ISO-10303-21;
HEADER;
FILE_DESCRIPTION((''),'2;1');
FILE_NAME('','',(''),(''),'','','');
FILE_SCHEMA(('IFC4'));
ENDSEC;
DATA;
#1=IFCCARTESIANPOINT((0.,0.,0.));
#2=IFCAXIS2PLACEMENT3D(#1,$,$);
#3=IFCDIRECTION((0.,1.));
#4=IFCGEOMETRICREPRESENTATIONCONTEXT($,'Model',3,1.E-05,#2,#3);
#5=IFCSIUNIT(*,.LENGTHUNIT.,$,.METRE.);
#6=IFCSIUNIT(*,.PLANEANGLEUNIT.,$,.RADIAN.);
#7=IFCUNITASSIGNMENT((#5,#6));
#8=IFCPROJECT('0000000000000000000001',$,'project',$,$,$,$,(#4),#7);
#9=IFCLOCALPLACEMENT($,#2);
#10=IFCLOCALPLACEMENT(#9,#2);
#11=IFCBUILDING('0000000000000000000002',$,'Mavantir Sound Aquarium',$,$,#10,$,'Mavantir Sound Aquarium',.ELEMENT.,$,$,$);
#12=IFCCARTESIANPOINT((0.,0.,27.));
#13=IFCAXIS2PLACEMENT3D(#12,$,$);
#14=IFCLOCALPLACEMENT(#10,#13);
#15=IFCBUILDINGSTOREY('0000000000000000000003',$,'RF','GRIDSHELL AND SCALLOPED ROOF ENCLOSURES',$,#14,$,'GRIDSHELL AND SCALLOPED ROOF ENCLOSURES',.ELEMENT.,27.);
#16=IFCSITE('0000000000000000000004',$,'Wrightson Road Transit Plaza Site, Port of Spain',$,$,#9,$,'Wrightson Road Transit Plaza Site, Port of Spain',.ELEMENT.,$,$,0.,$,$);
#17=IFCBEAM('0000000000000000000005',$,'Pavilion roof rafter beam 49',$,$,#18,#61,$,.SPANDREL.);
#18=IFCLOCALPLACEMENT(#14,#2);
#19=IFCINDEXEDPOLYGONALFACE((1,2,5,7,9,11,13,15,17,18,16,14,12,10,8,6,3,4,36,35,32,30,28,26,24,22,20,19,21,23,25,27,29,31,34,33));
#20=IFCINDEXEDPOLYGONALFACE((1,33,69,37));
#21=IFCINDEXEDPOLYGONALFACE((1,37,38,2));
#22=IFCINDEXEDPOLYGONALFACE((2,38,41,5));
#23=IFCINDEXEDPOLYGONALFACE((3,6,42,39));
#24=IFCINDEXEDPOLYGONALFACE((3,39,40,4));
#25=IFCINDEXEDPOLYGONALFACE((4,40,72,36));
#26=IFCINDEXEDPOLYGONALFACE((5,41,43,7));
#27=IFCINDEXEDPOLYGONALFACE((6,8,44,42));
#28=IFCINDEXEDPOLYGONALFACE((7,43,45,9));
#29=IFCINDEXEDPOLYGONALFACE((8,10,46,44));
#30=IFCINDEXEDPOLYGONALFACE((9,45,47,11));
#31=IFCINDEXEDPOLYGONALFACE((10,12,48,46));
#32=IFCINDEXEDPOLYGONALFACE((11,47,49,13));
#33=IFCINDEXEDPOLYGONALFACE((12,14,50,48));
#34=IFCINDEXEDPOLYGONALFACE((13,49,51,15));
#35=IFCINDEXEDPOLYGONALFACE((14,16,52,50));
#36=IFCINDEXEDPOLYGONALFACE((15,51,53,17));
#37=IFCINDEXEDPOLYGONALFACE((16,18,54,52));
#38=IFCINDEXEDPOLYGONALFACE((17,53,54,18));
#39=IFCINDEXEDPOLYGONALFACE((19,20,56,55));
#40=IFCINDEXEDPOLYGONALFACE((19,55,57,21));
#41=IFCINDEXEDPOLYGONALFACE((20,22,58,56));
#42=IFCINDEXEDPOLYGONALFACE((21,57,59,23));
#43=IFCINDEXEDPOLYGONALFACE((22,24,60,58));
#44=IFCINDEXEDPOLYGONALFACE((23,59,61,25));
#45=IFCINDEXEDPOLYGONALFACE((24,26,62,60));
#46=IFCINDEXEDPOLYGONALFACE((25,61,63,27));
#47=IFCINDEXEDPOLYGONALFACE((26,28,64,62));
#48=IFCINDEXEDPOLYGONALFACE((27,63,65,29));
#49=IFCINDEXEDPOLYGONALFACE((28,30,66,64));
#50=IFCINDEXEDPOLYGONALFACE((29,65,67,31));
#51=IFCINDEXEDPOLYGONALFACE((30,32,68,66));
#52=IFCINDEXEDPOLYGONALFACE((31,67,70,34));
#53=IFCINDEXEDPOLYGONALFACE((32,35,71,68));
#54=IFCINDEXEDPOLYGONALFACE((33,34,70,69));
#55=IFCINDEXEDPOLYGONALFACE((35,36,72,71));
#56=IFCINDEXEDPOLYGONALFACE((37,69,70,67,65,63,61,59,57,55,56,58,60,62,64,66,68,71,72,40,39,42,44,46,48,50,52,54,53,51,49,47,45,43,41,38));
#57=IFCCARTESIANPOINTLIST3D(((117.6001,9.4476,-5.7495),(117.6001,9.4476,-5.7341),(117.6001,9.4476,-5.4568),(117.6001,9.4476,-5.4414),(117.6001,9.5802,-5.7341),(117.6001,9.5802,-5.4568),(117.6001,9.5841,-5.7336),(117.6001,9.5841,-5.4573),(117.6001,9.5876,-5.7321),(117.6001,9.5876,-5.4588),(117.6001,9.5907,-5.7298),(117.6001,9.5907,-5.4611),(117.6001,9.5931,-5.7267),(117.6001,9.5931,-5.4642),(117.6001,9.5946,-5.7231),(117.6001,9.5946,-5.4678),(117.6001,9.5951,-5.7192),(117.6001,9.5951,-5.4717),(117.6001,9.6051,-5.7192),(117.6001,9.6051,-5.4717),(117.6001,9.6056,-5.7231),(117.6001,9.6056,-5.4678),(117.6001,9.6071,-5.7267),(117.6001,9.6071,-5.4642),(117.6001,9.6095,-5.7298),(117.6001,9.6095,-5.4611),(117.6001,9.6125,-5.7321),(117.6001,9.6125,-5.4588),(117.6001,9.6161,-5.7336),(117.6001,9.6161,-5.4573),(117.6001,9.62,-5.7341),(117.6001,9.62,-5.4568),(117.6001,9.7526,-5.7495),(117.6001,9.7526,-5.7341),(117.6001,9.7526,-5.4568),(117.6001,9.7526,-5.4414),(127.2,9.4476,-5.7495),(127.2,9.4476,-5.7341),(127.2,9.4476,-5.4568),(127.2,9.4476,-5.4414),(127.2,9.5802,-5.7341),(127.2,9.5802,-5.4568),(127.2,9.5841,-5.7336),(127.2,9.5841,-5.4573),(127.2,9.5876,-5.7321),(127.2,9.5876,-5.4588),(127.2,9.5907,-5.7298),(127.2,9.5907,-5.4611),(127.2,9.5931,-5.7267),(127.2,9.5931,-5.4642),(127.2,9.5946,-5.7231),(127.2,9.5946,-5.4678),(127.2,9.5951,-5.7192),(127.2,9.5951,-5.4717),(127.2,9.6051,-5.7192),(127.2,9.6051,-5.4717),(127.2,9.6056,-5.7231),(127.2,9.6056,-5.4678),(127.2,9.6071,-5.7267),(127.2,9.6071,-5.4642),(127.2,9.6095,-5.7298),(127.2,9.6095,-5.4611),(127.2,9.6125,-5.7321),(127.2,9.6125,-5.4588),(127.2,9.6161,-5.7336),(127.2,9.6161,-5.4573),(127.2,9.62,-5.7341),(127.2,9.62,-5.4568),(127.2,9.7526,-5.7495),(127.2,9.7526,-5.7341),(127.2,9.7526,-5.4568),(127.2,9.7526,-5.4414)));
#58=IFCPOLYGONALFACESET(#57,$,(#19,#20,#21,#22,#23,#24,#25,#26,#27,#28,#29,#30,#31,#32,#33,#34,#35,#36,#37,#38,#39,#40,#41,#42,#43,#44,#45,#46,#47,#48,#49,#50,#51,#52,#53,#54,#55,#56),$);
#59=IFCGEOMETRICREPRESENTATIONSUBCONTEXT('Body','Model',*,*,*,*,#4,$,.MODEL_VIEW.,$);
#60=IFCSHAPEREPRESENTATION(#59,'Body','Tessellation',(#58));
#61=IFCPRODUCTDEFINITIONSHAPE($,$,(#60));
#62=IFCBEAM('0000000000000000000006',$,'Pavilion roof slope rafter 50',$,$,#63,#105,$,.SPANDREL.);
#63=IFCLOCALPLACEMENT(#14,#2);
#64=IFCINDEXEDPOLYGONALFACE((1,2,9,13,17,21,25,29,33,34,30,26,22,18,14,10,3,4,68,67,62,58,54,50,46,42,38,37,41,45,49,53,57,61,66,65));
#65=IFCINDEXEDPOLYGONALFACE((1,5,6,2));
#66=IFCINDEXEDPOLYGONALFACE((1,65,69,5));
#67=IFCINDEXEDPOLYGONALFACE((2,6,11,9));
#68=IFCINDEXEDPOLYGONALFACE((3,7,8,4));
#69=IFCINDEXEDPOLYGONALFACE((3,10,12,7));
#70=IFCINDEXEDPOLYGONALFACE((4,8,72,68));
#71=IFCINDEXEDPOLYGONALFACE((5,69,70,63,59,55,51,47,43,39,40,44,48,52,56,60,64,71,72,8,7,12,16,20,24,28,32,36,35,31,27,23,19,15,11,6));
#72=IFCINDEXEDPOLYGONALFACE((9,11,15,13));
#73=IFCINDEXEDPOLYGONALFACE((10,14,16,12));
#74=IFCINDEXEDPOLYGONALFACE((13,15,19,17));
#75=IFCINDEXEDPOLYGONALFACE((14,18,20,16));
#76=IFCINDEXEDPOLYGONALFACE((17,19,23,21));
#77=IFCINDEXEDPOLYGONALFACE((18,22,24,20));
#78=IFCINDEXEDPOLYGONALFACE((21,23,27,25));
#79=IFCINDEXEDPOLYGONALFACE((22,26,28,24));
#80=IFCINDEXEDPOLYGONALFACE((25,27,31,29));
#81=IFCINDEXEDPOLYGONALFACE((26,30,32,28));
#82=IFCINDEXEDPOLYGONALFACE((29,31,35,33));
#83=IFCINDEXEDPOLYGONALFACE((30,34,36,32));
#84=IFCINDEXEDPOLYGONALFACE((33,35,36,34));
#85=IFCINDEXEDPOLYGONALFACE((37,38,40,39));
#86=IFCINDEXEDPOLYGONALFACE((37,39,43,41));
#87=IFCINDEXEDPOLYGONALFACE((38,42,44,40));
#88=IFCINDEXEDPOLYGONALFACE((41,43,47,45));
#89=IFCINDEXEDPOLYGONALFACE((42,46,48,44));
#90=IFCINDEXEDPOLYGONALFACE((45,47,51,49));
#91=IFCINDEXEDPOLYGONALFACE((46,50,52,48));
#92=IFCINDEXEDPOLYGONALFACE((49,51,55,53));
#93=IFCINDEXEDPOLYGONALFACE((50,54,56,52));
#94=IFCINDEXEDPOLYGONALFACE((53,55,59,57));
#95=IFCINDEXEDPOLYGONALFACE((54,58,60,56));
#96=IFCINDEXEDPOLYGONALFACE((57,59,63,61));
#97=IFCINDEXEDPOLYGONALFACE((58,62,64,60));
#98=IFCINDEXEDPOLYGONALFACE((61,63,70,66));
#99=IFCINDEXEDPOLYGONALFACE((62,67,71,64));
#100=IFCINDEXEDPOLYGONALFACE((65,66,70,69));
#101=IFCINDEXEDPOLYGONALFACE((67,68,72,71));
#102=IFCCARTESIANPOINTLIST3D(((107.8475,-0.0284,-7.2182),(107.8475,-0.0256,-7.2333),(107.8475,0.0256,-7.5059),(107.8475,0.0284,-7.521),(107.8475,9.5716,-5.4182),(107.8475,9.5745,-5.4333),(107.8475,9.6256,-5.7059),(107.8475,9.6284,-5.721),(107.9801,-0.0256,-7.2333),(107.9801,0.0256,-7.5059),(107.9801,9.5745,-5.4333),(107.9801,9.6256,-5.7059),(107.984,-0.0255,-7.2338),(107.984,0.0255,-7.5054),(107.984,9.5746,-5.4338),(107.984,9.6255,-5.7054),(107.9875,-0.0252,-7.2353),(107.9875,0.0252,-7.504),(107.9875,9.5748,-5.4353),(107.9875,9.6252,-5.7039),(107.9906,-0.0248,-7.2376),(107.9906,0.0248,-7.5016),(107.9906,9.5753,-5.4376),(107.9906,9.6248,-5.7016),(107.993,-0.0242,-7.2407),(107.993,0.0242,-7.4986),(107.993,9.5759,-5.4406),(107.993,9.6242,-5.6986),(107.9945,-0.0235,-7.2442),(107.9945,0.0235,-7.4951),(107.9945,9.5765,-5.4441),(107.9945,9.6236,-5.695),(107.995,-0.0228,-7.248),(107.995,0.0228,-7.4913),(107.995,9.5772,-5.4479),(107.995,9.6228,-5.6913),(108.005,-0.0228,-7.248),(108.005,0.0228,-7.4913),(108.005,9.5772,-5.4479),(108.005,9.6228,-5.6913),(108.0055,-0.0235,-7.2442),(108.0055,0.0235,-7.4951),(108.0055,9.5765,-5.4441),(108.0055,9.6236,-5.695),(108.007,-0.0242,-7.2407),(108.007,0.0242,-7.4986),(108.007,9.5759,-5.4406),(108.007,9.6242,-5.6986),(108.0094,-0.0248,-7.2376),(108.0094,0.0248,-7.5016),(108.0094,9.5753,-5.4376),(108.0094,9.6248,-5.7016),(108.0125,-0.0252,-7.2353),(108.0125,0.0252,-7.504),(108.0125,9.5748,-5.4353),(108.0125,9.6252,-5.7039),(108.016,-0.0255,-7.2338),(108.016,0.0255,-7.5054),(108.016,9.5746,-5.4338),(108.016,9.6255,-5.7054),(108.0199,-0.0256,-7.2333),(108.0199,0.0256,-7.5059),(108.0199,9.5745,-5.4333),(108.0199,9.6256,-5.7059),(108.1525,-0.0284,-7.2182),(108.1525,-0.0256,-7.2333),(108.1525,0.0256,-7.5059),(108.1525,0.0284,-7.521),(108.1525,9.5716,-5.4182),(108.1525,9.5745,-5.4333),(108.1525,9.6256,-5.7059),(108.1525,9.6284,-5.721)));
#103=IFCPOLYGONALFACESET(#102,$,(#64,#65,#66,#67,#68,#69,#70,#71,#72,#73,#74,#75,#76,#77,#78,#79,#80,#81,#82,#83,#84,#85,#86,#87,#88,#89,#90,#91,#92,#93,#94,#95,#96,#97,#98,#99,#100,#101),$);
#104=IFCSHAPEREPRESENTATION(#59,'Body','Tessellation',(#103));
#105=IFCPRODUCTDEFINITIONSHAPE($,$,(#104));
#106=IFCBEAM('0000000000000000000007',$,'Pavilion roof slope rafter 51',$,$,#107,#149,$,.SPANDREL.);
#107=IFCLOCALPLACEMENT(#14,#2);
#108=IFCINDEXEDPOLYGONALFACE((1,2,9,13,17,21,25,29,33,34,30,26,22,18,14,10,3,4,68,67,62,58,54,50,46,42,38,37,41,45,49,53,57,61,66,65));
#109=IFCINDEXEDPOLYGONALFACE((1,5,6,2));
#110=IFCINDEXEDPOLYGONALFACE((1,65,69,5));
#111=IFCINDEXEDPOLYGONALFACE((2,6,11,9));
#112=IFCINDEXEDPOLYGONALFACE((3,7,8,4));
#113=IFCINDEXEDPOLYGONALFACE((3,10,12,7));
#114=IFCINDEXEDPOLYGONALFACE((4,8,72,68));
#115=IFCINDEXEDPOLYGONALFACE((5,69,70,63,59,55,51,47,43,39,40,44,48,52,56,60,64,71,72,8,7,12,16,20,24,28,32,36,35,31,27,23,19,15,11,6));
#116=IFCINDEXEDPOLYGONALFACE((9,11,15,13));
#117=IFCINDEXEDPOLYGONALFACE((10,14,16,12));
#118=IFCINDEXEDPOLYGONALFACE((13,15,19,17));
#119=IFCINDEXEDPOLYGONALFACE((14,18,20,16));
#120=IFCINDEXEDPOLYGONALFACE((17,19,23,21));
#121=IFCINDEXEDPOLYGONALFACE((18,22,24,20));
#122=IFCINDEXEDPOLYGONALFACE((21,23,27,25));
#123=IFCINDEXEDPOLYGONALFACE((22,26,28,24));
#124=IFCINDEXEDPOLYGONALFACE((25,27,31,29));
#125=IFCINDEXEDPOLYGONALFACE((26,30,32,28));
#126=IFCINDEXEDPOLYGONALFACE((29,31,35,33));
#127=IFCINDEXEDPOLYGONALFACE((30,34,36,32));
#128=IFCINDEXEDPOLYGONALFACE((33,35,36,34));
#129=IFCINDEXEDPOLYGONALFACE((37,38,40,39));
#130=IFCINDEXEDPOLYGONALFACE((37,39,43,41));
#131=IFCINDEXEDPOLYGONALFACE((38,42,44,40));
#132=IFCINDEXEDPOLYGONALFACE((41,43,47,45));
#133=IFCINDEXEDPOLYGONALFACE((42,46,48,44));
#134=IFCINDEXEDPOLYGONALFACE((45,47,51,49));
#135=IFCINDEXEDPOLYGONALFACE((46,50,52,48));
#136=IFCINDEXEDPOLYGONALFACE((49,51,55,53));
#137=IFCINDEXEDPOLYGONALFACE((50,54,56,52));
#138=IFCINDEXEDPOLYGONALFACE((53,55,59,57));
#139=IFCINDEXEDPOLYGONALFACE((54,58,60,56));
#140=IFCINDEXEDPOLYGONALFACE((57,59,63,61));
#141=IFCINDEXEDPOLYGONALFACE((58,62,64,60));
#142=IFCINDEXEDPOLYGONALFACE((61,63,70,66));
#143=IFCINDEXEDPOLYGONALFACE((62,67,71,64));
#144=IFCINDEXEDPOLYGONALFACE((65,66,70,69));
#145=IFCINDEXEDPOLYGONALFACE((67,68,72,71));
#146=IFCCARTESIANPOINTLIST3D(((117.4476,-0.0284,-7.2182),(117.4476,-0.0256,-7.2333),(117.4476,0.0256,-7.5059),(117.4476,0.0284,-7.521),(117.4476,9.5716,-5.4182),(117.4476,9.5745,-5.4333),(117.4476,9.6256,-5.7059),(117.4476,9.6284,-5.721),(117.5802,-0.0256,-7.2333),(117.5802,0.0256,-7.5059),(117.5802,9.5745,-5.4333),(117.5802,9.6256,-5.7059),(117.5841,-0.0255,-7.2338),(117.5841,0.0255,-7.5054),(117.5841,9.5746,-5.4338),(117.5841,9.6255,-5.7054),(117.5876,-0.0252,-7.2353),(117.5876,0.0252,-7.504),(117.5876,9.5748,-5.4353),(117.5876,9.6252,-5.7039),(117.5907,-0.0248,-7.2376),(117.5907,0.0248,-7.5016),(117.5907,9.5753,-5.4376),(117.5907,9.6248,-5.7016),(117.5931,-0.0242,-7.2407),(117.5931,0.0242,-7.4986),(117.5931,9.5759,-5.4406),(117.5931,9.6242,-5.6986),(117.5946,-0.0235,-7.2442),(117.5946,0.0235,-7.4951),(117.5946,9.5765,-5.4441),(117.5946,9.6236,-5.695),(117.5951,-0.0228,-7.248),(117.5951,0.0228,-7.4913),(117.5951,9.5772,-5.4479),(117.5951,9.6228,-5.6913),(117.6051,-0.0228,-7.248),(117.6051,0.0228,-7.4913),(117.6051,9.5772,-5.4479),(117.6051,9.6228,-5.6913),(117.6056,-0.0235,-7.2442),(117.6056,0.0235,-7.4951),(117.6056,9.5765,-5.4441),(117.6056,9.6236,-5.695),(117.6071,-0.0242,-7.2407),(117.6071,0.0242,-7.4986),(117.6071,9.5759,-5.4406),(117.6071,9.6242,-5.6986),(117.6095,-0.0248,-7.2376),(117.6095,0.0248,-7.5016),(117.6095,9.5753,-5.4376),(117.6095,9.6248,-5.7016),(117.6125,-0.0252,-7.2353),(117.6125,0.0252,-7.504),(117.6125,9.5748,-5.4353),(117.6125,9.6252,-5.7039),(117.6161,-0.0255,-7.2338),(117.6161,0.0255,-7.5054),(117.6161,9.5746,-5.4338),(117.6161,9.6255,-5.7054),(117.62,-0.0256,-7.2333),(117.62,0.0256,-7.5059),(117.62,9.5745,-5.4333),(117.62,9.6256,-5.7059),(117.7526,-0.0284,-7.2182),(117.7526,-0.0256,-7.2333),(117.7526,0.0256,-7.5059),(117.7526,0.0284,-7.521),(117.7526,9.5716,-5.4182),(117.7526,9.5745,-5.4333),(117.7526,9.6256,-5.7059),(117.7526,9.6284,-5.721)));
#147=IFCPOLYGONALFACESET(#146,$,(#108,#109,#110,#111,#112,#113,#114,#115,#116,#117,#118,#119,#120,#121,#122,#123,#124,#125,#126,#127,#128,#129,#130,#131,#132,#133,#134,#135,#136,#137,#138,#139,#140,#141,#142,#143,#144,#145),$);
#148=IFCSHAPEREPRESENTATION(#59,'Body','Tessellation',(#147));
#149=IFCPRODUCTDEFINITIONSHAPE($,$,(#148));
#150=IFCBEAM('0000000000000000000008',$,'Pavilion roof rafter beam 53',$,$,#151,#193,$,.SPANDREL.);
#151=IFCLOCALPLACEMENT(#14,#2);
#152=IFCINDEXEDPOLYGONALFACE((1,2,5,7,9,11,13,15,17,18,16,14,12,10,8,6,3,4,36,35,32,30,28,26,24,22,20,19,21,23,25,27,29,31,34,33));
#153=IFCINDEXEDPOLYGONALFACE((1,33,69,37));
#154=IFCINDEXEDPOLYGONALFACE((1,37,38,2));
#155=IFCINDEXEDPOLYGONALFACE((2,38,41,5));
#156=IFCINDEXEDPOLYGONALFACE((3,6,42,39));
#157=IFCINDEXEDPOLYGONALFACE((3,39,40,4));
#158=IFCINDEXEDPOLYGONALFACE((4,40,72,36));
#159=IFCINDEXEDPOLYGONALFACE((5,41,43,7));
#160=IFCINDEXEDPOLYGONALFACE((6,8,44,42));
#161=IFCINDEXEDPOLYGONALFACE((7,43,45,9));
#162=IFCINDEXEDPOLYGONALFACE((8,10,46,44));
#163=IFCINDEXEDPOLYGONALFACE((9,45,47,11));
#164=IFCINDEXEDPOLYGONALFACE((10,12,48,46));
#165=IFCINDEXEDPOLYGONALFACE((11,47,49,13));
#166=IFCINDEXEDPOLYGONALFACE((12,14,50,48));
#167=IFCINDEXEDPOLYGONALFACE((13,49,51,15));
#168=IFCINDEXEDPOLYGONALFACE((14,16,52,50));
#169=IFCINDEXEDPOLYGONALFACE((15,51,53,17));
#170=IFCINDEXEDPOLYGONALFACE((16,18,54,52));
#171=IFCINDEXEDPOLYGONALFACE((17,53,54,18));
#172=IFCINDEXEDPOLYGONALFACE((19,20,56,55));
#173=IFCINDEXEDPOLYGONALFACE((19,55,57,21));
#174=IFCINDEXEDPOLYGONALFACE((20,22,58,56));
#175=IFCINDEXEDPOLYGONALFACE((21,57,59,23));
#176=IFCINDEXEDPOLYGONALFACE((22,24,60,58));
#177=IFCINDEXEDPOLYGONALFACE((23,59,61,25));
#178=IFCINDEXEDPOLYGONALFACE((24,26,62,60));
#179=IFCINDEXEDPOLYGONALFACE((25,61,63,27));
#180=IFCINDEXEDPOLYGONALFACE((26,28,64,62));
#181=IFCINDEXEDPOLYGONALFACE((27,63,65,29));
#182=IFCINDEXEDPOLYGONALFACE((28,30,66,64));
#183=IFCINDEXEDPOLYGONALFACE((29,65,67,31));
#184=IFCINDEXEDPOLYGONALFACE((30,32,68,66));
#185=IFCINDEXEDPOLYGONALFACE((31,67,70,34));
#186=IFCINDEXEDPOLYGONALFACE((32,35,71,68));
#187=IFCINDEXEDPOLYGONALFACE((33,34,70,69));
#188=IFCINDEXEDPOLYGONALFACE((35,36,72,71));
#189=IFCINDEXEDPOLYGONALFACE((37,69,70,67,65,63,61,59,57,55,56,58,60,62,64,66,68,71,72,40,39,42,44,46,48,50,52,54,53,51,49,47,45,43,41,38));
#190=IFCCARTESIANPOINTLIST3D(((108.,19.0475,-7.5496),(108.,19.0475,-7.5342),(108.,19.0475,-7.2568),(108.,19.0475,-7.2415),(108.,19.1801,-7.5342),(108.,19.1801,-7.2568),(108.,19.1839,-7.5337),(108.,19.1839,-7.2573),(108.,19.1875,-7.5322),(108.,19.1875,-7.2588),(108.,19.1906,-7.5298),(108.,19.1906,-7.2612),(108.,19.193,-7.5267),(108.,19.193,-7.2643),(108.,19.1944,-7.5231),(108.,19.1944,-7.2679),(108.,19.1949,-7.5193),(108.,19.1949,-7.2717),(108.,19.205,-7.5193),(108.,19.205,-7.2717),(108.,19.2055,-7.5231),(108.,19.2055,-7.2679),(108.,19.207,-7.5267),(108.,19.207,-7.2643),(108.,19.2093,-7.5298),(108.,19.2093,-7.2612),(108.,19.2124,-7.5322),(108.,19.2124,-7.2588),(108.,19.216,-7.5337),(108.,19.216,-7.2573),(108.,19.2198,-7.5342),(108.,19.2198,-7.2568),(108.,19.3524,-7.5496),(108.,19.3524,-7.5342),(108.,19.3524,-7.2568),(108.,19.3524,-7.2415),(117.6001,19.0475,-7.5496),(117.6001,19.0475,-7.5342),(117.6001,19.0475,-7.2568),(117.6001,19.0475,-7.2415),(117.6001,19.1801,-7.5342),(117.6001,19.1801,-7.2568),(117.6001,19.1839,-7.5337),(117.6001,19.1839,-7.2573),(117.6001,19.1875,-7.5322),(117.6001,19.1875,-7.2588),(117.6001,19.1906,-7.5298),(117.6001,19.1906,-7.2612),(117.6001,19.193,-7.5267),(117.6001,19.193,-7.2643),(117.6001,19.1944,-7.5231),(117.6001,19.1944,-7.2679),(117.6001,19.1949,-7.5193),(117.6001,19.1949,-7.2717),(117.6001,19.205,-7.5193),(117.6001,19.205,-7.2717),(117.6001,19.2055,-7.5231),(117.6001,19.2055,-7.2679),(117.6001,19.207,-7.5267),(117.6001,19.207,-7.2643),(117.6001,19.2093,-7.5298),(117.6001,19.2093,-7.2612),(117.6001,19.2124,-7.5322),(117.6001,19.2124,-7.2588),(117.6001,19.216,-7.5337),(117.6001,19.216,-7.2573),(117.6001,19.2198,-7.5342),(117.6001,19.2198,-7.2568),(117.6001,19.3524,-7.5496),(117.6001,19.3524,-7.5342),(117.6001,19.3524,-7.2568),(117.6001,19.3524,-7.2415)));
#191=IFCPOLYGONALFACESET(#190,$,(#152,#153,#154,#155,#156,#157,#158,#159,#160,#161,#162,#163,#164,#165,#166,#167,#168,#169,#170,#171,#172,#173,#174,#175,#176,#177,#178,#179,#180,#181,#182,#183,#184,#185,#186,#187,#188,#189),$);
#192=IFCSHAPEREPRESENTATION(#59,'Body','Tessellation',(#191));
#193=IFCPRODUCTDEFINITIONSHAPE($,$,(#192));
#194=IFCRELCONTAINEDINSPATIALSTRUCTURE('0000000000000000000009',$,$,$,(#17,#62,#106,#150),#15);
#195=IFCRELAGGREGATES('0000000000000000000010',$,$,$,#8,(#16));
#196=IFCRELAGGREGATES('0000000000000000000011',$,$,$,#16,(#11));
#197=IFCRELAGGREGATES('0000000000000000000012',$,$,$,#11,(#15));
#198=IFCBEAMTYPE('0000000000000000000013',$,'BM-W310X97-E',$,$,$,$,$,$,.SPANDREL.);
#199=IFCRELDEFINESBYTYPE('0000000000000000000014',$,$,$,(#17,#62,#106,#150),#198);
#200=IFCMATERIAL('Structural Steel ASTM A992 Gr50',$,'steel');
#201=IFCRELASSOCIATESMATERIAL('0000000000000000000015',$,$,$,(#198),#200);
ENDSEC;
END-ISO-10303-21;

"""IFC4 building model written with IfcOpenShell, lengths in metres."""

from ifc_helpers import new_model, si_unit, direction, frame, origin, origin_2d, place, context, subcontext, project, spatial, i_section, extrude, material, material_profile, profile_set, type_object, element, save


model = new_model("IFC4")

# Units and contexts
model_context = context("Model", 3, precision=1e-05, world=origin(), true_north=direction((0.0, 1.0)))
body_context = subcontext(model_context, "Body", "Model", "MODEL_VIEW")
ifc_project = project(units=[si_unit("LENGTHUNIT", "METRE"), si_unit("PLANEANGLEUNIT", "RADIAN")], contexts=[model_context])

# Site, building, storey
site_placement = place(None, origin())
site = spatial("IfcSite", under=ifc_project, at=site_placement, Name="Wrightson Road Transit Plaza Site, Port of Spain", LongName="Wrightson Road Transit Plaza Site, Port of Spain", CompositionType="ELEMENT", RefElevation=0.0)
building_placement = place(site_placement, origin())
building = spatial("IfcBuilding", under=site, at=building_placement, Name="Mavantir Sound Aquarium", LongName="Mavantir Sound Aquarium", CompositionType="ELEMENT")
storey_placement = place(building_placement, frame((0.0, 0.0, 27.0)))
storey = spatial("IfcBuildingStorey", under=building, at=storey_placement, Name="RF", Description="GRIDSHELL AND SCALLOPED ROOF ENCLOSURES", LongName="GRIDSHELL AND SCALLOPED ROOF ENCLOSURES", CompositionType="ELEMENT", Elevation=27.0)

# Beams
ifc_material_1 = material(Name="Structural Steel ASTM A992 Gr50", Category="steel")
ifc_material_profile_1 = material_profile(ifc_material_1, i_section(OverallWidth=0.3049, OverallDepth=0.3081, WebThickness=0.01, FlangeThickness=0.0154, FilletRadius=0.0149, at=origin_2d()), Name="W310X97")
ifc_profile_set_1 = profile_set([ifc_material_profile_1], Name="Structural Steel ASTM A992 Gr50")
beam_type = type_object("IfcBeamType", Name="BM-W310X97-E", PredefinedType="SPANDREL", material=ifc_profile_set_1)
beam_1_placement = place(storey_placement, frame((117.6001, 9.6001, -5.5955), z_axis=(1.0, 0.0, 0.0), x_axis=(0.0, 1.0, 0.0)))
element("IfcBeam", 1, at=beam_1_placement, inside=storey, type_object=beam_type, Name="Pavilion roof rafter beam 49", PredefinedType="SPANDREL", context=body_context, shape_type="SweptSolid", body=[
    extrude(i_section(OverallWidth=0.3049, OverallDepth=0.3081, WebThickness=0.01, FlangeThickness=0.0154, FilletRadius=0.0149, at=origin_2d()), origin(), (0.0, 0.0, 1.0), 9.5999),
])
for number, where, z_axis, x_axis, name in (
    (2, (108.0, 0.0, -7.3696), (0.0, 0.982872, 0.184292), (-1.0, 0.0, 0.0), "Pavilion roof slope rafter 50"),
    (3, (117.6001, 0.0, -7.3696), (0.0, 0.982872, 0.184292), (-1.0, 0.0, 0.0), "Pavilion roof slope rafter 51"),
):
    element("IfcBeam", number, at=place(storey_placement, frame(where, z_axis=z_axis, x_axis=x_axis)), inside=storey, type_object=beam_type, Name=name, PredefinedType="SPANDREL", context=body_context, shape_type="SweptSolid", body=[
        extrude(i_section(OverallWidth=0.3049, OverallDepth=0.3081, WebThickness=0.01, FlangeThickness=0.0154, FilletRadius=0.0149, at=origin_2d()), origin(), (0.0, 0.0, 1.0), 9.7673),
    ])
beam_2_placement = place(storey_placement, frame((108.0, 19.2, -7.3955), z_axis=(1.0, 0.0, 0.0), x_axis=(0.0, 1.0, 0.0)))
element("IfcBeam", 4, at=beam_2_placement, inside=storey, type_object=beam_type, Name="Pavilion roof rafter beam 53", PredefinedType="SPANDREL", context=body_context, shape_type="SweptSolid", body=[
    extrude(i_section(OverallWidth=0.3049, OverallDepth=0.3081, WebThickness=0.01, FlangeThickness=0.0154, FilletRadius=0.0149, at=origin_2d()), origin(), (0.0, 0.0, 1.0), 9.6001),
])

save(model, "model.ifc")
